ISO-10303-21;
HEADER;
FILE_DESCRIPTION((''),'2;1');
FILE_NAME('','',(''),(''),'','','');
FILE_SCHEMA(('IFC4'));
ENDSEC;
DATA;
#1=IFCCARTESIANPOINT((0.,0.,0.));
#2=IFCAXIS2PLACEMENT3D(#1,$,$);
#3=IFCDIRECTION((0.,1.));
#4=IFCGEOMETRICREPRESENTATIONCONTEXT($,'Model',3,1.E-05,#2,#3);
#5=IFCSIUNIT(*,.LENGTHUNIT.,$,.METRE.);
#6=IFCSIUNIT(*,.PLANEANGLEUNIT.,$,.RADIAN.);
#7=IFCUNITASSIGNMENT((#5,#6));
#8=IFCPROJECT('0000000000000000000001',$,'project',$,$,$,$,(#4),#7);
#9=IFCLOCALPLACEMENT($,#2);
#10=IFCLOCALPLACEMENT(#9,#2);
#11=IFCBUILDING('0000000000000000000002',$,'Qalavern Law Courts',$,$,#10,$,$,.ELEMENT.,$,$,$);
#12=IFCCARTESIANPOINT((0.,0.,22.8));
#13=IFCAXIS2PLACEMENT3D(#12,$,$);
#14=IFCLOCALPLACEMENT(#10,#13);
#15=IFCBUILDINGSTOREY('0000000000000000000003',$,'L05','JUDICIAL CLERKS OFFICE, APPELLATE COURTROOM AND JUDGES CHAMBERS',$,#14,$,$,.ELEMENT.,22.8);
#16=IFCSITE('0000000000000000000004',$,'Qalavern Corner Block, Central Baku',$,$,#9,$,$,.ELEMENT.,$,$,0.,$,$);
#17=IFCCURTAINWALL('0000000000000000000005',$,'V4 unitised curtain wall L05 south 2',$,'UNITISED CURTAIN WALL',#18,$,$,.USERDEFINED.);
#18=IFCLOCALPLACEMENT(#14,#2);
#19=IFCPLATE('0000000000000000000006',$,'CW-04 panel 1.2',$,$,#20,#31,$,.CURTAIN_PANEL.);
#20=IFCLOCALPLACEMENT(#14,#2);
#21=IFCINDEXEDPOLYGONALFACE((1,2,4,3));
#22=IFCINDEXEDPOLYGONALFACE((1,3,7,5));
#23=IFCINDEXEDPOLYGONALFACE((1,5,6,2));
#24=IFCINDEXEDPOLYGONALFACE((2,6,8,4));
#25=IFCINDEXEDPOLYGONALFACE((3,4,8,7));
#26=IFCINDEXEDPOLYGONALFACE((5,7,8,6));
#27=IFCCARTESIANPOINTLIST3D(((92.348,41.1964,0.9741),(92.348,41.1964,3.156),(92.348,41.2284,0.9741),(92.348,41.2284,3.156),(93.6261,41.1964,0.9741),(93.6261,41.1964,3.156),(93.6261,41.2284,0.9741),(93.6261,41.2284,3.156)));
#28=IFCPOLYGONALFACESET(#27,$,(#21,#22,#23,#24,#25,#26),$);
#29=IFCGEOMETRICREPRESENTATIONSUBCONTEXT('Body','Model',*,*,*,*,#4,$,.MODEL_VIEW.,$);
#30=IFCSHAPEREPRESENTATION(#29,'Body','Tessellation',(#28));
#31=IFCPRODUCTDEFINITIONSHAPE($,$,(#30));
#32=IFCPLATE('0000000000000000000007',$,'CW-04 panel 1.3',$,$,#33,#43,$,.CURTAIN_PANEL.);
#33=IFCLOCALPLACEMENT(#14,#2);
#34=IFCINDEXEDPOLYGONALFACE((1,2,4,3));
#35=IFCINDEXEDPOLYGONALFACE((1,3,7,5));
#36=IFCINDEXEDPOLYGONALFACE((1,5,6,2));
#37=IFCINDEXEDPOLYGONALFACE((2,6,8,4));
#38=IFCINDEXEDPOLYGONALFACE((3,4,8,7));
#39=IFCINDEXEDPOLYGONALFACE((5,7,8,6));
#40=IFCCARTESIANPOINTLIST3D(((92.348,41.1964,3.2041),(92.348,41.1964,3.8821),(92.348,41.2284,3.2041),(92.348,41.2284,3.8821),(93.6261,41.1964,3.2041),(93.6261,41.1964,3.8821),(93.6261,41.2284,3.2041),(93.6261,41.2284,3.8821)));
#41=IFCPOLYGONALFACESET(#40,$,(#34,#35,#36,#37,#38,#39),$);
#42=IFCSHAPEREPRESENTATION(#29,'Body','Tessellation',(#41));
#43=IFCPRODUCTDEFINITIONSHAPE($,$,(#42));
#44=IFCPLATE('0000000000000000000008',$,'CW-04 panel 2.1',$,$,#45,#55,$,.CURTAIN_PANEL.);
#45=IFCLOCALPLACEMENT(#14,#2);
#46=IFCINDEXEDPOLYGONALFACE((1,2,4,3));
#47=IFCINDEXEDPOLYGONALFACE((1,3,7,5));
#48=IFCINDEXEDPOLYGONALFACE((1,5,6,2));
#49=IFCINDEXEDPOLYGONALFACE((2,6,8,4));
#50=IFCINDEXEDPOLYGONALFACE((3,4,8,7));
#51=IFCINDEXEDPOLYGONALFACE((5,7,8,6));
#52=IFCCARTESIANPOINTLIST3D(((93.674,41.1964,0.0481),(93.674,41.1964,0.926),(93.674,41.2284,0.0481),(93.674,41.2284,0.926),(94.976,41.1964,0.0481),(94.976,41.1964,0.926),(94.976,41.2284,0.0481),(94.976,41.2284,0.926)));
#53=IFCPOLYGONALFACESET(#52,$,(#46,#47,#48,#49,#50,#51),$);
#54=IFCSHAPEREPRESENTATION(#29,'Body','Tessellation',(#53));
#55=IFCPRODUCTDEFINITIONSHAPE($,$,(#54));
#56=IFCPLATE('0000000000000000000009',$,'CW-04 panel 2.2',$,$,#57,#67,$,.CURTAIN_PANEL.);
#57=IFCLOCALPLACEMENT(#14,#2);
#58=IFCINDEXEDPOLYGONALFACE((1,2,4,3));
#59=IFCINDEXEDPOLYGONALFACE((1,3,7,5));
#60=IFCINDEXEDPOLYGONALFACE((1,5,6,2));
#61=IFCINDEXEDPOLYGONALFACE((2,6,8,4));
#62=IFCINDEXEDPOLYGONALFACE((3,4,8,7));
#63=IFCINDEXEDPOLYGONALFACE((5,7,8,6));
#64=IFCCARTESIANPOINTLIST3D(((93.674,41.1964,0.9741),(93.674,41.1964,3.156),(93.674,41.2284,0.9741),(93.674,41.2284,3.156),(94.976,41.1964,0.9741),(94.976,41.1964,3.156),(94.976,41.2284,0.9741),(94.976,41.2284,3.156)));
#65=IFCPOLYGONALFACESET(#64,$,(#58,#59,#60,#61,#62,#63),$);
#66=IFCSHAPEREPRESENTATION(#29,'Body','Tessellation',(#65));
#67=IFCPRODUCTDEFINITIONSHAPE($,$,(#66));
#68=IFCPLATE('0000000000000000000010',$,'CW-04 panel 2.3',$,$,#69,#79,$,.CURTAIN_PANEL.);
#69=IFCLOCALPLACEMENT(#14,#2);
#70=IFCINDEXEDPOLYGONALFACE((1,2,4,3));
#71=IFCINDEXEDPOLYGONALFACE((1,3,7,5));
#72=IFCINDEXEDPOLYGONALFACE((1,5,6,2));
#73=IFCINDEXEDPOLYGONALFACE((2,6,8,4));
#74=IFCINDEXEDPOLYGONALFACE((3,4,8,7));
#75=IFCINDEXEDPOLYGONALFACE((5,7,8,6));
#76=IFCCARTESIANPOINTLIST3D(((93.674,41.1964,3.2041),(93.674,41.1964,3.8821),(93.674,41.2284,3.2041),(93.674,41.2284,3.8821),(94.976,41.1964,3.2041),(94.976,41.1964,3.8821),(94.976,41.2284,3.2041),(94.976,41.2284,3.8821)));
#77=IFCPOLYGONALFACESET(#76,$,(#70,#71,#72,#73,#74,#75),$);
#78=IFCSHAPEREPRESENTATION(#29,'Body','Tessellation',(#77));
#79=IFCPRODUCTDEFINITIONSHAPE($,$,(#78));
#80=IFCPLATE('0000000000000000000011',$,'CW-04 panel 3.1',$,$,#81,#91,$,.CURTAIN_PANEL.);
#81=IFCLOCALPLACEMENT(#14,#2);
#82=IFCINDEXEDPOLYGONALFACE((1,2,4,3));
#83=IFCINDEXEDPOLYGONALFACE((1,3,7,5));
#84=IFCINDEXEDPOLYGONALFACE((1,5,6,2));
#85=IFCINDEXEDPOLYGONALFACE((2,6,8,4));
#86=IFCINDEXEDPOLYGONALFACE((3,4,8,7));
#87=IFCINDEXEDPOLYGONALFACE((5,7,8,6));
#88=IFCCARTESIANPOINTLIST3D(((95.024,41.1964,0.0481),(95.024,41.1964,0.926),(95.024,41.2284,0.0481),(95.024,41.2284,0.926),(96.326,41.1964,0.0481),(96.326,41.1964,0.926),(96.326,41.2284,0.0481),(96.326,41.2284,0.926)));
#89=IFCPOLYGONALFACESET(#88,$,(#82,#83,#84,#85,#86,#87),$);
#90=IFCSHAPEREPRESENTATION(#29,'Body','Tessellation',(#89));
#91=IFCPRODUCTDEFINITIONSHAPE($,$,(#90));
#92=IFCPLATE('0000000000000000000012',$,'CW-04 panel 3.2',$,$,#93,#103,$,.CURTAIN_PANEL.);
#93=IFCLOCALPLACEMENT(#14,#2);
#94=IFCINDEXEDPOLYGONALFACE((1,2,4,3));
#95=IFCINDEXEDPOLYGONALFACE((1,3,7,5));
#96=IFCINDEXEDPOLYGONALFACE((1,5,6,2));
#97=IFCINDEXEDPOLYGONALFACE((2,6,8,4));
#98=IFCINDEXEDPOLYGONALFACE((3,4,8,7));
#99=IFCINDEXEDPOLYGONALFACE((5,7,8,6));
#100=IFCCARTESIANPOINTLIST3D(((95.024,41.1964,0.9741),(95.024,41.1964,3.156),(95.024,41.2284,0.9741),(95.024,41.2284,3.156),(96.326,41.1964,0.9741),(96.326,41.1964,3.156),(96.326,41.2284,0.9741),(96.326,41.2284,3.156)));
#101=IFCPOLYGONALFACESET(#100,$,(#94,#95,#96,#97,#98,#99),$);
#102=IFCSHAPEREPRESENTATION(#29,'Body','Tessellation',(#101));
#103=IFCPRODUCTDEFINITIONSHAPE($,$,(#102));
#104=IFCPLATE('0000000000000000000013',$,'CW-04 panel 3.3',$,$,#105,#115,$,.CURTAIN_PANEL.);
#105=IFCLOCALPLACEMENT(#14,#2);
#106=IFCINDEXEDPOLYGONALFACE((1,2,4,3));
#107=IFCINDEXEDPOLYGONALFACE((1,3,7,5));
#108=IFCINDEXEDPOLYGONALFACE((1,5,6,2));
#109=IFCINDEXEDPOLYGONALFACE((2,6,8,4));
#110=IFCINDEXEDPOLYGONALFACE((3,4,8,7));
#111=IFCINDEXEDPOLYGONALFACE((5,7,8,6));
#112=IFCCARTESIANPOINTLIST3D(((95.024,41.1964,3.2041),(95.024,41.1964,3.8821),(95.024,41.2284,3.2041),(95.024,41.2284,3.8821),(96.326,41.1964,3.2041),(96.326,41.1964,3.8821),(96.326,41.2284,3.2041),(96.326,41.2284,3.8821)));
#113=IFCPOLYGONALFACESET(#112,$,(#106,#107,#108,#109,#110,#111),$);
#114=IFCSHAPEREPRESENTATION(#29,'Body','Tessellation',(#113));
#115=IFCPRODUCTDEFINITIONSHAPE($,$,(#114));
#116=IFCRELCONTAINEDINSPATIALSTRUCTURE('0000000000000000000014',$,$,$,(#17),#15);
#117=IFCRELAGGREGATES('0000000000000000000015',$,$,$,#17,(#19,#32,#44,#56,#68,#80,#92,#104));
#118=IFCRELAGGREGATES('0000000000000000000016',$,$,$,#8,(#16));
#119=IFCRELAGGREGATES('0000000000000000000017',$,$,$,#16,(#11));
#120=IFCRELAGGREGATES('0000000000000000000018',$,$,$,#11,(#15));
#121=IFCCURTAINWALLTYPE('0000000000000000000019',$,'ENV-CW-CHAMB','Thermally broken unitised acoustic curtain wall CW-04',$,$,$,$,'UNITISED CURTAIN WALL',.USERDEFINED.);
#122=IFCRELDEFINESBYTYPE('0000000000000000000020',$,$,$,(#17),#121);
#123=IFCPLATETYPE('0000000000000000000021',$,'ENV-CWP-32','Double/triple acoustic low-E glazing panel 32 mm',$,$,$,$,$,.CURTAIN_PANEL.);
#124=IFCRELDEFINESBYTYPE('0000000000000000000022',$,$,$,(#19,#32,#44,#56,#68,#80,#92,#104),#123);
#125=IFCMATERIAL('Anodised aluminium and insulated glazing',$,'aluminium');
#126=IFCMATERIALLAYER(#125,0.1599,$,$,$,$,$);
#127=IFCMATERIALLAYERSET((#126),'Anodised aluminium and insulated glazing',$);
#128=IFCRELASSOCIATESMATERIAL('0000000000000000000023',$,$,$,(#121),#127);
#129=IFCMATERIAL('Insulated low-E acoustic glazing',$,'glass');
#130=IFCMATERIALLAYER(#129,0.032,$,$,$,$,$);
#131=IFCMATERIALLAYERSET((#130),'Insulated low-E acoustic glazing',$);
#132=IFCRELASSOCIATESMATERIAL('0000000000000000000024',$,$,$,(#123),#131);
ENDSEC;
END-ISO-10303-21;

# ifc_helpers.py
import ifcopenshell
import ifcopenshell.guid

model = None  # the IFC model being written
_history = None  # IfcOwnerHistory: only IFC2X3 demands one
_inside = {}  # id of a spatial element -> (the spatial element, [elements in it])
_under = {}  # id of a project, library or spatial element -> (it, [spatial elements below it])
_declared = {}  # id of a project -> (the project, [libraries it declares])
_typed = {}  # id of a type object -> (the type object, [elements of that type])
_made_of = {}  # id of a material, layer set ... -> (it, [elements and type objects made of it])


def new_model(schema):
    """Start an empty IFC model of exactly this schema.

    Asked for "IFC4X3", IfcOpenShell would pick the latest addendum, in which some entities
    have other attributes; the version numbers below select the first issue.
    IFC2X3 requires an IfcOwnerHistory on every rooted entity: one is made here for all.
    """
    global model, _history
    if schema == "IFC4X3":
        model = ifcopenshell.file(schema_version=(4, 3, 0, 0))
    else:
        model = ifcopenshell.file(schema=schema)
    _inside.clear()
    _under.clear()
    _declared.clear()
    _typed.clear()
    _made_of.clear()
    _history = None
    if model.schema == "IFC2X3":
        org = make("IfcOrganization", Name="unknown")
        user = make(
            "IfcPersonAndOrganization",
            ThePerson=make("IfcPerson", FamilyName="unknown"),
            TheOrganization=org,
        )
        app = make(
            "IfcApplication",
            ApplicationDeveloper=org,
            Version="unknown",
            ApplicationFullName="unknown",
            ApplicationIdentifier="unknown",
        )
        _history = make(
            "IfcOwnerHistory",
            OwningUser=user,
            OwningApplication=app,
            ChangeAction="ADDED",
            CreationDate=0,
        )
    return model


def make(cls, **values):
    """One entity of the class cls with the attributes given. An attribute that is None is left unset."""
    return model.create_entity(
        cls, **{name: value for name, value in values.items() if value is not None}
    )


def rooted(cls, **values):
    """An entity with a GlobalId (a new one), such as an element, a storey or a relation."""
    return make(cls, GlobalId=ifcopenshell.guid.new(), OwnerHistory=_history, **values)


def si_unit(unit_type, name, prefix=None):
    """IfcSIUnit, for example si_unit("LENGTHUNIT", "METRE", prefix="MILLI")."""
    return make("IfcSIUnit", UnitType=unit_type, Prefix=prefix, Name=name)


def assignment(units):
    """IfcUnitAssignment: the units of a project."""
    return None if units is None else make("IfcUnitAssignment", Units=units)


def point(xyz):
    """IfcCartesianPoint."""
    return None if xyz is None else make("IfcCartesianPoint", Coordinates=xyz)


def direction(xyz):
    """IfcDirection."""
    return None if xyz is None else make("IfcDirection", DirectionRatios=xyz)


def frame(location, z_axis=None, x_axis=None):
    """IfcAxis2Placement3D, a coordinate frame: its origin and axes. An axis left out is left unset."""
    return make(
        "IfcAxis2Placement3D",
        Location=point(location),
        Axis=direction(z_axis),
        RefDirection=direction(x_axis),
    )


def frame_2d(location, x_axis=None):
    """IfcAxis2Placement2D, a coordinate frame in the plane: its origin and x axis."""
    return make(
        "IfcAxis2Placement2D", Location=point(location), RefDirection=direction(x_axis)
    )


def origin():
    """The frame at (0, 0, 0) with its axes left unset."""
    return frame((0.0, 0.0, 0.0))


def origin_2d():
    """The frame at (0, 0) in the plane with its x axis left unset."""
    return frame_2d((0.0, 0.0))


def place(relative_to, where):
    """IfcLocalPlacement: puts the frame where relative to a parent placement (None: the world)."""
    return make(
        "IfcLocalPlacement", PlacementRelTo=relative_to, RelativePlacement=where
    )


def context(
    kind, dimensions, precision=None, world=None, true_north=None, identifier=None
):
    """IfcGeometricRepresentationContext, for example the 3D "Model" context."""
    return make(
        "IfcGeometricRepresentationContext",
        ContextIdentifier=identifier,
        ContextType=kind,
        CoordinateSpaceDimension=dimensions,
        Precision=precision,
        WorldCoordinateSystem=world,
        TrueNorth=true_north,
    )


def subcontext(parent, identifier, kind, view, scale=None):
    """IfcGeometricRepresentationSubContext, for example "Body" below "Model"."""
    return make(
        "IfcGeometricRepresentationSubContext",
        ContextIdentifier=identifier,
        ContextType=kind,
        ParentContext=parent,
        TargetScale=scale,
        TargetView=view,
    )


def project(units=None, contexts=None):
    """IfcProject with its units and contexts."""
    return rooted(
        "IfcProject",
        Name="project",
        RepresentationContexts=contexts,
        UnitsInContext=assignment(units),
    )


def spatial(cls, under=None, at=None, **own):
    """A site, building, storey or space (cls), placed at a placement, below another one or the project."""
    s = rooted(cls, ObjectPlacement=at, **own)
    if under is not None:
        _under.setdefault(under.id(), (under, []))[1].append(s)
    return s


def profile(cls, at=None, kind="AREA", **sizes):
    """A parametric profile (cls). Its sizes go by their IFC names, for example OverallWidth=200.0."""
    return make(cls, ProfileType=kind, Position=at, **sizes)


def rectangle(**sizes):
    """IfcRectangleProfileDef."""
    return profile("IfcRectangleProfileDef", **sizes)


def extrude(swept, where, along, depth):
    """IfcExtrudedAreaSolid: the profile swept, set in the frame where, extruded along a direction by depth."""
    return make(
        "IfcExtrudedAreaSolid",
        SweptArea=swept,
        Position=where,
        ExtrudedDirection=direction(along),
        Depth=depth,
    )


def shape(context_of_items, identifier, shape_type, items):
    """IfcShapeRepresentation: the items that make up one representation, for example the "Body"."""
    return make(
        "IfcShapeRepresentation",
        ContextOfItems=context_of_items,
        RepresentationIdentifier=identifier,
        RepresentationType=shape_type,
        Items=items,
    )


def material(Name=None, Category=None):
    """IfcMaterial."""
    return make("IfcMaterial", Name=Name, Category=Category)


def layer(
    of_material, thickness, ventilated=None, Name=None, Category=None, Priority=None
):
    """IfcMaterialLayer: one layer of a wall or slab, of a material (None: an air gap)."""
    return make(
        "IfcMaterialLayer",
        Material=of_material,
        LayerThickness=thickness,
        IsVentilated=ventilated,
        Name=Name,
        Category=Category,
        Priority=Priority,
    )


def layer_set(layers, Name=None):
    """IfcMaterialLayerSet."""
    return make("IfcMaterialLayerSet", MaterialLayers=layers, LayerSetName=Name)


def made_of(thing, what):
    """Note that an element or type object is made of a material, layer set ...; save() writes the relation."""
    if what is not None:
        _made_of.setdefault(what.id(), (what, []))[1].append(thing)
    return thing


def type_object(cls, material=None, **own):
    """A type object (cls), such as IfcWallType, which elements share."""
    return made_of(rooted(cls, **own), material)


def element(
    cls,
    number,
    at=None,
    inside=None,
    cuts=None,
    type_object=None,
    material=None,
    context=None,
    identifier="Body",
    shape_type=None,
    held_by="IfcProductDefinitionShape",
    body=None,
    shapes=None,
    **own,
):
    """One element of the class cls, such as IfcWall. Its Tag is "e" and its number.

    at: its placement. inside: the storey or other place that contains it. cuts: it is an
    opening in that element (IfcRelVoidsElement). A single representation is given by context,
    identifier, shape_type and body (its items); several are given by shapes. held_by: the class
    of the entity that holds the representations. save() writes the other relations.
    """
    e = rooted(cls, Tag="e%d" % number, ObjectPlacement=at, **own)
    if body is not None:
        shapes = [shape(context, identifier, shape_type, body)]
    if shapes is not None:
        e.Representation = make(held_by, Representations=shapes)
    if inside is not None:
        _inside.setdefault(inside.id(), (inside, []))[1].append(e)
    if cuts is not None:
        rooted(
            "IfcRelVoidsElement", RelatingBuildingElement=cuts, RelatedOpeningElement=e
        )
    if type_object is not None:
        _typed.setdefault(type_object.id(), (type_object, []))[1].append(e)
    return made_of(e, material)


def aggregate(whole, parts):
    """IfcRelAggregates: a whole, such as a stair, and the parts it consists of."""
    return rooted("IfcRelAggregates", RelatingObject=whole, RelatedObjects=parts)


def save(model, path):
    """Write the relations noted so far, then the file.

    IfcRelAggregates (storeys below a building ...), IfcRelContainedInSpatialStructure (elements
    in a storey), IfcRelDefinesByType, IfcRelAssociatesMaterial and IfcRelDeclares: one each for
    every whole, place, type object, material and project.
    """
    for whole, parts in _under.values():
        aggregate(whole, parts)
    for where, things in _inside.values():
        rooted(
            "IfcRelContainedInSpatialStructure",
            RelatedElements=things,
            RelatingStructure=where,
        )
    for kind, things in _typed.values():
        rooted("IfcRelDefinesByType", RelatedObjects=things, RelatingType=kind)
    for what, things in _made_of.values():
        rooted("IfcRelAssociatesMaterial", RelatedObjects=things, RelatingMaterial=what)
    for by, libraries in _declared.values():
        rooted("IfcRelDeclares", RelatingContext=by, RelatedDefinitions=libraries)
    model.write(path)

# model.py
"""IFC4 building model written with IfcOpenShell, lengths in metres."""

from ifc_helpers import new_model, si_unit, direction, frame, origin, origin_2d, place, context, subcontext, project, spatial, rectangle, extrude, material, layer, layer_set, type_object, element, aggregate, save


model = new_model("IFC4")

# Units and contexts
model_context = context("Model", 3, precision=1e-05, world=origin(), true_north=direction((0.0, 1.0)))
body_context = subcontext(model_context, "Body", "Model", "MODEL_VIEW")
ifc_project = project(units=[si_unit("LENGTHUNIT", "METRE"), si_unit("PLANEANGLEUNIT", "RADIAN")], contexts=[model_context])

# Site, building, storey
site_placement = place(None, origin())
site = spatial("IfcSite", under=ifc_project, at=site_placement, Name="Qalavern Corner Block, Central Baku", CompositionType="ELEMENT", RefElevation=0.0)
building_placement = place(site_placement, origin())
building = spatial("IfcBuilding", under=site, at=building_placement, Name="Qalavern Law Courts", CompositionType="ELEMENT")
storey_placement = place(building_placement, frame((0.0, 0.0, 22.8)))
storey = spatial("IfcBuildingStorey", under=building, at=storey_placement, Name="L05", Description="JUDICIAL CLERKS OFFICE, APPELLATE COURTROOM AND JUDGES CHAMBERS", CompositionType="ELEMENT", Elevation=22.8)

# Curtain wall, plates
ifc_material_1 = material(Name="Anodised aluminium and insulated glazing", Category="aluminium")
ifc_layer_1 = layer(ifc_material_1, 0.1599)
ifc_layer_set_1 = layer_set([ifc_layer_1], Name="Anodised aluminium and insulated glazing")
curtain_wall_type = type_object("IfcCurtainWallType", Name="ENV-CW-CHAMB", Description="Thermally broken unitised acoustic curtain wall CW-04", ElementType="UNITISED CURTAIN WALL", PredefinedType="USERDEFINED", material=ifc_layer_set_1)
curtain_wall_placement = place(storey_placement, origin())
curtain_wall = element("IfcCurtainWall", 1, at=curtain_wall_placement, inside=storey, type_object=curtain_wall_type, Name="V4 unitised curtain wall L05 south 2", ObjectType="UNITISED CURTAIN WALL", PredefinedType="USERDEFINED")
ifc_material_2 = material(Name="Insulated low-E acoustic glazing", Category="glass")
ifc_layer_2 = layer(ifc_material_2, 0.032)
ifc_layer_set_2 = layer_set([ifc_layer_2], Name="Insulated low-E acoustic glazing")
plate_type = type_object("IfcPlateType", Name="ENV-CWP-32", Description="Double/triple acoustic low-E glazing panel 32 mm", PredefinedType="CURTAIN_PANEL", material=ifc_layer_set_2)
plate_1_placement = place(storey_placement, frame((92.9871, 41.2124, 0.9741), z_axis=(0.0, 0.0, 1.0), x_axis=(1.0, 0.0, 0.0)))
plate_1 = element("IfcPlate", 2, at=plate_1_placement, type_object=plate_type, Name="CW-04 panel 1.2", PredefinedType="CURTAIN_PANEL", context=body_context, shape_type="SweptSolid", body=[
    extrude(rectangle(XDim=1.2781, YDim=0.032, at=origin_2d()), origin(), (0.0, 0.0, 1.0), 2.1819),
])
plate_2_placement = place(storey_placement, frame((92.9871, 41.2124, 3.2041), z_axis=(0.0, 0.0, 1.0), x_axis=(1.0, 0.0, 0.0)))
plate_2 = element("IfcPlate", 3, at=plate_2_placement, type_object=plate_type, Name="CW-04 panel 1.3", PredefinedType="CURTAIN_PANEL", context=body_context, shape_type="SweptSolid", body=[
    extrude(rectangle(XDim=1.2781, YDim=0.032, at=origin_2d()), origin(), (0.0, 0.0, 1.0), 0.678),
])
plate_3_placement = place(storey_placement, frame((94.325, 41.2124, 0.0481), z_axis=(0.0, 0.0, 1.0), x_axis=(1.0, 0.0, 0.0)))
plate_3 = element("IfcPlate", 4, at=plate_3_placement, type_object=plate_type, Name="CW-04 panel 2.1", PredefinedType="CURTAIN_PANEL", context=body_context, shape_type="SweptSolid", body=[
    extrude(rectangle(XDim=1.302, YDim=0.032, at=origin_2d()), origin(), (0.0, 0.0, 1.0), 0.8779),
])
plate_4_placement = place(storey_placement, frame((94.325, 41.2124, 0.9741), z_axis=(0.0, 0.0, 1.0), x_axis=(1.0, 0.0, 0.0)))
plate_4 = element("IfcPlate", 5, at=plate_4_placement, type_object=plate_type, Name="CW-04 panel 2.2", PredefinedType="CURTAIN_PANEL", context=body_context, shape_type="SweptSolid", body=[
    extrude(rectangle(XDim=1.302, YDim=0.032, at=origin_2d()), origin(), (0.0, 0.0, 1.0), 2.1819),
])
plate_5_placement = place(storey_placement, frame((94.325, 41.2124, 3.2041), z_axis=(0.0, 0.0, 1.0), x_axis=(1.0, 0.0, 0.0)))
plate_5 = element("IfcPlate", 6, at=plate_5_placement, type_object=plate_type, Name="CW-04 panel 2.3", PredefinedType="CURTAIN_PANEL", context=body_context, shape_type="SweptSolid", body=[
    extrude(rectangle(XDim=1.302, YDim=0.032, at=origin_2d()), origin(), (0.0, 0.0, 1.0), 0.678),
])
plate_6_placement = place(storey_placement, frame((95.675, 41.2124, 0.0481), z_axis=(0.0, 0.0, 1.0), x_axis=(1.0, 0.0, 0.0)))
plate_6 = element("IfcPlate", 7, at=plate_6_placement, type_object=plate_type, Name="CW-04 panel 3.1", PredefinedType="CURTAIN_PANEL", context=body_context, shape_type="SweptSolid", body=[
    extrude(rectangle(XDim=1.302, YDim=0.032, at=origin_2d()), origin(), (0.0, 0.0, 1.0), 0.8779),
])
plate_7_placement = place(storey_placement, frame((95.675, 41.2124, 0.9741), z_axis=(0.0, 0.0, 1.0), x_axis=(1.0, 0.0, 0.0)))
plate_7 = element("IfcPlate", 8, at=plate_7_placement, type_object=plate_type, Name="CW-04 panel 3.2", PredefinedType="CURTAIN_PANEL", context=body_context, shape_type="SweptSolid", body=[
    extrude(rectangle(XDim=1.302, YDim=0.032, at=origin_2d()), origin(), (0.0, 0.0, 1.0), 2.1819),
])
plate_8_placement = place(storey_placement, frame((95.675, 41.2124, 3.2041), z_axis=(0.0, 0.0, 1.0), x_axis=(1.0, 0.0, 0.0)))
plate_8 = element("IfcPlate", 9, at=plate_8_placement, type_object=plate_type, Name="CW-04 panel 3.3", PredefinedType="CURTAIN_PANEL", context=body_context, shape_type="SweptSolid", body=[
    extrude(rectangle(XDim=1.302, YDim=0.032, at=origin_2d()), origin(), (0.0, 0.0, 1.0), 0.678),
])
aggregate(curtain_wall, [plate_1, plate_2, plate_3, plate_4, plate_5, plate_6, plate_7, plate_8])

save(model, "model.ifc")
